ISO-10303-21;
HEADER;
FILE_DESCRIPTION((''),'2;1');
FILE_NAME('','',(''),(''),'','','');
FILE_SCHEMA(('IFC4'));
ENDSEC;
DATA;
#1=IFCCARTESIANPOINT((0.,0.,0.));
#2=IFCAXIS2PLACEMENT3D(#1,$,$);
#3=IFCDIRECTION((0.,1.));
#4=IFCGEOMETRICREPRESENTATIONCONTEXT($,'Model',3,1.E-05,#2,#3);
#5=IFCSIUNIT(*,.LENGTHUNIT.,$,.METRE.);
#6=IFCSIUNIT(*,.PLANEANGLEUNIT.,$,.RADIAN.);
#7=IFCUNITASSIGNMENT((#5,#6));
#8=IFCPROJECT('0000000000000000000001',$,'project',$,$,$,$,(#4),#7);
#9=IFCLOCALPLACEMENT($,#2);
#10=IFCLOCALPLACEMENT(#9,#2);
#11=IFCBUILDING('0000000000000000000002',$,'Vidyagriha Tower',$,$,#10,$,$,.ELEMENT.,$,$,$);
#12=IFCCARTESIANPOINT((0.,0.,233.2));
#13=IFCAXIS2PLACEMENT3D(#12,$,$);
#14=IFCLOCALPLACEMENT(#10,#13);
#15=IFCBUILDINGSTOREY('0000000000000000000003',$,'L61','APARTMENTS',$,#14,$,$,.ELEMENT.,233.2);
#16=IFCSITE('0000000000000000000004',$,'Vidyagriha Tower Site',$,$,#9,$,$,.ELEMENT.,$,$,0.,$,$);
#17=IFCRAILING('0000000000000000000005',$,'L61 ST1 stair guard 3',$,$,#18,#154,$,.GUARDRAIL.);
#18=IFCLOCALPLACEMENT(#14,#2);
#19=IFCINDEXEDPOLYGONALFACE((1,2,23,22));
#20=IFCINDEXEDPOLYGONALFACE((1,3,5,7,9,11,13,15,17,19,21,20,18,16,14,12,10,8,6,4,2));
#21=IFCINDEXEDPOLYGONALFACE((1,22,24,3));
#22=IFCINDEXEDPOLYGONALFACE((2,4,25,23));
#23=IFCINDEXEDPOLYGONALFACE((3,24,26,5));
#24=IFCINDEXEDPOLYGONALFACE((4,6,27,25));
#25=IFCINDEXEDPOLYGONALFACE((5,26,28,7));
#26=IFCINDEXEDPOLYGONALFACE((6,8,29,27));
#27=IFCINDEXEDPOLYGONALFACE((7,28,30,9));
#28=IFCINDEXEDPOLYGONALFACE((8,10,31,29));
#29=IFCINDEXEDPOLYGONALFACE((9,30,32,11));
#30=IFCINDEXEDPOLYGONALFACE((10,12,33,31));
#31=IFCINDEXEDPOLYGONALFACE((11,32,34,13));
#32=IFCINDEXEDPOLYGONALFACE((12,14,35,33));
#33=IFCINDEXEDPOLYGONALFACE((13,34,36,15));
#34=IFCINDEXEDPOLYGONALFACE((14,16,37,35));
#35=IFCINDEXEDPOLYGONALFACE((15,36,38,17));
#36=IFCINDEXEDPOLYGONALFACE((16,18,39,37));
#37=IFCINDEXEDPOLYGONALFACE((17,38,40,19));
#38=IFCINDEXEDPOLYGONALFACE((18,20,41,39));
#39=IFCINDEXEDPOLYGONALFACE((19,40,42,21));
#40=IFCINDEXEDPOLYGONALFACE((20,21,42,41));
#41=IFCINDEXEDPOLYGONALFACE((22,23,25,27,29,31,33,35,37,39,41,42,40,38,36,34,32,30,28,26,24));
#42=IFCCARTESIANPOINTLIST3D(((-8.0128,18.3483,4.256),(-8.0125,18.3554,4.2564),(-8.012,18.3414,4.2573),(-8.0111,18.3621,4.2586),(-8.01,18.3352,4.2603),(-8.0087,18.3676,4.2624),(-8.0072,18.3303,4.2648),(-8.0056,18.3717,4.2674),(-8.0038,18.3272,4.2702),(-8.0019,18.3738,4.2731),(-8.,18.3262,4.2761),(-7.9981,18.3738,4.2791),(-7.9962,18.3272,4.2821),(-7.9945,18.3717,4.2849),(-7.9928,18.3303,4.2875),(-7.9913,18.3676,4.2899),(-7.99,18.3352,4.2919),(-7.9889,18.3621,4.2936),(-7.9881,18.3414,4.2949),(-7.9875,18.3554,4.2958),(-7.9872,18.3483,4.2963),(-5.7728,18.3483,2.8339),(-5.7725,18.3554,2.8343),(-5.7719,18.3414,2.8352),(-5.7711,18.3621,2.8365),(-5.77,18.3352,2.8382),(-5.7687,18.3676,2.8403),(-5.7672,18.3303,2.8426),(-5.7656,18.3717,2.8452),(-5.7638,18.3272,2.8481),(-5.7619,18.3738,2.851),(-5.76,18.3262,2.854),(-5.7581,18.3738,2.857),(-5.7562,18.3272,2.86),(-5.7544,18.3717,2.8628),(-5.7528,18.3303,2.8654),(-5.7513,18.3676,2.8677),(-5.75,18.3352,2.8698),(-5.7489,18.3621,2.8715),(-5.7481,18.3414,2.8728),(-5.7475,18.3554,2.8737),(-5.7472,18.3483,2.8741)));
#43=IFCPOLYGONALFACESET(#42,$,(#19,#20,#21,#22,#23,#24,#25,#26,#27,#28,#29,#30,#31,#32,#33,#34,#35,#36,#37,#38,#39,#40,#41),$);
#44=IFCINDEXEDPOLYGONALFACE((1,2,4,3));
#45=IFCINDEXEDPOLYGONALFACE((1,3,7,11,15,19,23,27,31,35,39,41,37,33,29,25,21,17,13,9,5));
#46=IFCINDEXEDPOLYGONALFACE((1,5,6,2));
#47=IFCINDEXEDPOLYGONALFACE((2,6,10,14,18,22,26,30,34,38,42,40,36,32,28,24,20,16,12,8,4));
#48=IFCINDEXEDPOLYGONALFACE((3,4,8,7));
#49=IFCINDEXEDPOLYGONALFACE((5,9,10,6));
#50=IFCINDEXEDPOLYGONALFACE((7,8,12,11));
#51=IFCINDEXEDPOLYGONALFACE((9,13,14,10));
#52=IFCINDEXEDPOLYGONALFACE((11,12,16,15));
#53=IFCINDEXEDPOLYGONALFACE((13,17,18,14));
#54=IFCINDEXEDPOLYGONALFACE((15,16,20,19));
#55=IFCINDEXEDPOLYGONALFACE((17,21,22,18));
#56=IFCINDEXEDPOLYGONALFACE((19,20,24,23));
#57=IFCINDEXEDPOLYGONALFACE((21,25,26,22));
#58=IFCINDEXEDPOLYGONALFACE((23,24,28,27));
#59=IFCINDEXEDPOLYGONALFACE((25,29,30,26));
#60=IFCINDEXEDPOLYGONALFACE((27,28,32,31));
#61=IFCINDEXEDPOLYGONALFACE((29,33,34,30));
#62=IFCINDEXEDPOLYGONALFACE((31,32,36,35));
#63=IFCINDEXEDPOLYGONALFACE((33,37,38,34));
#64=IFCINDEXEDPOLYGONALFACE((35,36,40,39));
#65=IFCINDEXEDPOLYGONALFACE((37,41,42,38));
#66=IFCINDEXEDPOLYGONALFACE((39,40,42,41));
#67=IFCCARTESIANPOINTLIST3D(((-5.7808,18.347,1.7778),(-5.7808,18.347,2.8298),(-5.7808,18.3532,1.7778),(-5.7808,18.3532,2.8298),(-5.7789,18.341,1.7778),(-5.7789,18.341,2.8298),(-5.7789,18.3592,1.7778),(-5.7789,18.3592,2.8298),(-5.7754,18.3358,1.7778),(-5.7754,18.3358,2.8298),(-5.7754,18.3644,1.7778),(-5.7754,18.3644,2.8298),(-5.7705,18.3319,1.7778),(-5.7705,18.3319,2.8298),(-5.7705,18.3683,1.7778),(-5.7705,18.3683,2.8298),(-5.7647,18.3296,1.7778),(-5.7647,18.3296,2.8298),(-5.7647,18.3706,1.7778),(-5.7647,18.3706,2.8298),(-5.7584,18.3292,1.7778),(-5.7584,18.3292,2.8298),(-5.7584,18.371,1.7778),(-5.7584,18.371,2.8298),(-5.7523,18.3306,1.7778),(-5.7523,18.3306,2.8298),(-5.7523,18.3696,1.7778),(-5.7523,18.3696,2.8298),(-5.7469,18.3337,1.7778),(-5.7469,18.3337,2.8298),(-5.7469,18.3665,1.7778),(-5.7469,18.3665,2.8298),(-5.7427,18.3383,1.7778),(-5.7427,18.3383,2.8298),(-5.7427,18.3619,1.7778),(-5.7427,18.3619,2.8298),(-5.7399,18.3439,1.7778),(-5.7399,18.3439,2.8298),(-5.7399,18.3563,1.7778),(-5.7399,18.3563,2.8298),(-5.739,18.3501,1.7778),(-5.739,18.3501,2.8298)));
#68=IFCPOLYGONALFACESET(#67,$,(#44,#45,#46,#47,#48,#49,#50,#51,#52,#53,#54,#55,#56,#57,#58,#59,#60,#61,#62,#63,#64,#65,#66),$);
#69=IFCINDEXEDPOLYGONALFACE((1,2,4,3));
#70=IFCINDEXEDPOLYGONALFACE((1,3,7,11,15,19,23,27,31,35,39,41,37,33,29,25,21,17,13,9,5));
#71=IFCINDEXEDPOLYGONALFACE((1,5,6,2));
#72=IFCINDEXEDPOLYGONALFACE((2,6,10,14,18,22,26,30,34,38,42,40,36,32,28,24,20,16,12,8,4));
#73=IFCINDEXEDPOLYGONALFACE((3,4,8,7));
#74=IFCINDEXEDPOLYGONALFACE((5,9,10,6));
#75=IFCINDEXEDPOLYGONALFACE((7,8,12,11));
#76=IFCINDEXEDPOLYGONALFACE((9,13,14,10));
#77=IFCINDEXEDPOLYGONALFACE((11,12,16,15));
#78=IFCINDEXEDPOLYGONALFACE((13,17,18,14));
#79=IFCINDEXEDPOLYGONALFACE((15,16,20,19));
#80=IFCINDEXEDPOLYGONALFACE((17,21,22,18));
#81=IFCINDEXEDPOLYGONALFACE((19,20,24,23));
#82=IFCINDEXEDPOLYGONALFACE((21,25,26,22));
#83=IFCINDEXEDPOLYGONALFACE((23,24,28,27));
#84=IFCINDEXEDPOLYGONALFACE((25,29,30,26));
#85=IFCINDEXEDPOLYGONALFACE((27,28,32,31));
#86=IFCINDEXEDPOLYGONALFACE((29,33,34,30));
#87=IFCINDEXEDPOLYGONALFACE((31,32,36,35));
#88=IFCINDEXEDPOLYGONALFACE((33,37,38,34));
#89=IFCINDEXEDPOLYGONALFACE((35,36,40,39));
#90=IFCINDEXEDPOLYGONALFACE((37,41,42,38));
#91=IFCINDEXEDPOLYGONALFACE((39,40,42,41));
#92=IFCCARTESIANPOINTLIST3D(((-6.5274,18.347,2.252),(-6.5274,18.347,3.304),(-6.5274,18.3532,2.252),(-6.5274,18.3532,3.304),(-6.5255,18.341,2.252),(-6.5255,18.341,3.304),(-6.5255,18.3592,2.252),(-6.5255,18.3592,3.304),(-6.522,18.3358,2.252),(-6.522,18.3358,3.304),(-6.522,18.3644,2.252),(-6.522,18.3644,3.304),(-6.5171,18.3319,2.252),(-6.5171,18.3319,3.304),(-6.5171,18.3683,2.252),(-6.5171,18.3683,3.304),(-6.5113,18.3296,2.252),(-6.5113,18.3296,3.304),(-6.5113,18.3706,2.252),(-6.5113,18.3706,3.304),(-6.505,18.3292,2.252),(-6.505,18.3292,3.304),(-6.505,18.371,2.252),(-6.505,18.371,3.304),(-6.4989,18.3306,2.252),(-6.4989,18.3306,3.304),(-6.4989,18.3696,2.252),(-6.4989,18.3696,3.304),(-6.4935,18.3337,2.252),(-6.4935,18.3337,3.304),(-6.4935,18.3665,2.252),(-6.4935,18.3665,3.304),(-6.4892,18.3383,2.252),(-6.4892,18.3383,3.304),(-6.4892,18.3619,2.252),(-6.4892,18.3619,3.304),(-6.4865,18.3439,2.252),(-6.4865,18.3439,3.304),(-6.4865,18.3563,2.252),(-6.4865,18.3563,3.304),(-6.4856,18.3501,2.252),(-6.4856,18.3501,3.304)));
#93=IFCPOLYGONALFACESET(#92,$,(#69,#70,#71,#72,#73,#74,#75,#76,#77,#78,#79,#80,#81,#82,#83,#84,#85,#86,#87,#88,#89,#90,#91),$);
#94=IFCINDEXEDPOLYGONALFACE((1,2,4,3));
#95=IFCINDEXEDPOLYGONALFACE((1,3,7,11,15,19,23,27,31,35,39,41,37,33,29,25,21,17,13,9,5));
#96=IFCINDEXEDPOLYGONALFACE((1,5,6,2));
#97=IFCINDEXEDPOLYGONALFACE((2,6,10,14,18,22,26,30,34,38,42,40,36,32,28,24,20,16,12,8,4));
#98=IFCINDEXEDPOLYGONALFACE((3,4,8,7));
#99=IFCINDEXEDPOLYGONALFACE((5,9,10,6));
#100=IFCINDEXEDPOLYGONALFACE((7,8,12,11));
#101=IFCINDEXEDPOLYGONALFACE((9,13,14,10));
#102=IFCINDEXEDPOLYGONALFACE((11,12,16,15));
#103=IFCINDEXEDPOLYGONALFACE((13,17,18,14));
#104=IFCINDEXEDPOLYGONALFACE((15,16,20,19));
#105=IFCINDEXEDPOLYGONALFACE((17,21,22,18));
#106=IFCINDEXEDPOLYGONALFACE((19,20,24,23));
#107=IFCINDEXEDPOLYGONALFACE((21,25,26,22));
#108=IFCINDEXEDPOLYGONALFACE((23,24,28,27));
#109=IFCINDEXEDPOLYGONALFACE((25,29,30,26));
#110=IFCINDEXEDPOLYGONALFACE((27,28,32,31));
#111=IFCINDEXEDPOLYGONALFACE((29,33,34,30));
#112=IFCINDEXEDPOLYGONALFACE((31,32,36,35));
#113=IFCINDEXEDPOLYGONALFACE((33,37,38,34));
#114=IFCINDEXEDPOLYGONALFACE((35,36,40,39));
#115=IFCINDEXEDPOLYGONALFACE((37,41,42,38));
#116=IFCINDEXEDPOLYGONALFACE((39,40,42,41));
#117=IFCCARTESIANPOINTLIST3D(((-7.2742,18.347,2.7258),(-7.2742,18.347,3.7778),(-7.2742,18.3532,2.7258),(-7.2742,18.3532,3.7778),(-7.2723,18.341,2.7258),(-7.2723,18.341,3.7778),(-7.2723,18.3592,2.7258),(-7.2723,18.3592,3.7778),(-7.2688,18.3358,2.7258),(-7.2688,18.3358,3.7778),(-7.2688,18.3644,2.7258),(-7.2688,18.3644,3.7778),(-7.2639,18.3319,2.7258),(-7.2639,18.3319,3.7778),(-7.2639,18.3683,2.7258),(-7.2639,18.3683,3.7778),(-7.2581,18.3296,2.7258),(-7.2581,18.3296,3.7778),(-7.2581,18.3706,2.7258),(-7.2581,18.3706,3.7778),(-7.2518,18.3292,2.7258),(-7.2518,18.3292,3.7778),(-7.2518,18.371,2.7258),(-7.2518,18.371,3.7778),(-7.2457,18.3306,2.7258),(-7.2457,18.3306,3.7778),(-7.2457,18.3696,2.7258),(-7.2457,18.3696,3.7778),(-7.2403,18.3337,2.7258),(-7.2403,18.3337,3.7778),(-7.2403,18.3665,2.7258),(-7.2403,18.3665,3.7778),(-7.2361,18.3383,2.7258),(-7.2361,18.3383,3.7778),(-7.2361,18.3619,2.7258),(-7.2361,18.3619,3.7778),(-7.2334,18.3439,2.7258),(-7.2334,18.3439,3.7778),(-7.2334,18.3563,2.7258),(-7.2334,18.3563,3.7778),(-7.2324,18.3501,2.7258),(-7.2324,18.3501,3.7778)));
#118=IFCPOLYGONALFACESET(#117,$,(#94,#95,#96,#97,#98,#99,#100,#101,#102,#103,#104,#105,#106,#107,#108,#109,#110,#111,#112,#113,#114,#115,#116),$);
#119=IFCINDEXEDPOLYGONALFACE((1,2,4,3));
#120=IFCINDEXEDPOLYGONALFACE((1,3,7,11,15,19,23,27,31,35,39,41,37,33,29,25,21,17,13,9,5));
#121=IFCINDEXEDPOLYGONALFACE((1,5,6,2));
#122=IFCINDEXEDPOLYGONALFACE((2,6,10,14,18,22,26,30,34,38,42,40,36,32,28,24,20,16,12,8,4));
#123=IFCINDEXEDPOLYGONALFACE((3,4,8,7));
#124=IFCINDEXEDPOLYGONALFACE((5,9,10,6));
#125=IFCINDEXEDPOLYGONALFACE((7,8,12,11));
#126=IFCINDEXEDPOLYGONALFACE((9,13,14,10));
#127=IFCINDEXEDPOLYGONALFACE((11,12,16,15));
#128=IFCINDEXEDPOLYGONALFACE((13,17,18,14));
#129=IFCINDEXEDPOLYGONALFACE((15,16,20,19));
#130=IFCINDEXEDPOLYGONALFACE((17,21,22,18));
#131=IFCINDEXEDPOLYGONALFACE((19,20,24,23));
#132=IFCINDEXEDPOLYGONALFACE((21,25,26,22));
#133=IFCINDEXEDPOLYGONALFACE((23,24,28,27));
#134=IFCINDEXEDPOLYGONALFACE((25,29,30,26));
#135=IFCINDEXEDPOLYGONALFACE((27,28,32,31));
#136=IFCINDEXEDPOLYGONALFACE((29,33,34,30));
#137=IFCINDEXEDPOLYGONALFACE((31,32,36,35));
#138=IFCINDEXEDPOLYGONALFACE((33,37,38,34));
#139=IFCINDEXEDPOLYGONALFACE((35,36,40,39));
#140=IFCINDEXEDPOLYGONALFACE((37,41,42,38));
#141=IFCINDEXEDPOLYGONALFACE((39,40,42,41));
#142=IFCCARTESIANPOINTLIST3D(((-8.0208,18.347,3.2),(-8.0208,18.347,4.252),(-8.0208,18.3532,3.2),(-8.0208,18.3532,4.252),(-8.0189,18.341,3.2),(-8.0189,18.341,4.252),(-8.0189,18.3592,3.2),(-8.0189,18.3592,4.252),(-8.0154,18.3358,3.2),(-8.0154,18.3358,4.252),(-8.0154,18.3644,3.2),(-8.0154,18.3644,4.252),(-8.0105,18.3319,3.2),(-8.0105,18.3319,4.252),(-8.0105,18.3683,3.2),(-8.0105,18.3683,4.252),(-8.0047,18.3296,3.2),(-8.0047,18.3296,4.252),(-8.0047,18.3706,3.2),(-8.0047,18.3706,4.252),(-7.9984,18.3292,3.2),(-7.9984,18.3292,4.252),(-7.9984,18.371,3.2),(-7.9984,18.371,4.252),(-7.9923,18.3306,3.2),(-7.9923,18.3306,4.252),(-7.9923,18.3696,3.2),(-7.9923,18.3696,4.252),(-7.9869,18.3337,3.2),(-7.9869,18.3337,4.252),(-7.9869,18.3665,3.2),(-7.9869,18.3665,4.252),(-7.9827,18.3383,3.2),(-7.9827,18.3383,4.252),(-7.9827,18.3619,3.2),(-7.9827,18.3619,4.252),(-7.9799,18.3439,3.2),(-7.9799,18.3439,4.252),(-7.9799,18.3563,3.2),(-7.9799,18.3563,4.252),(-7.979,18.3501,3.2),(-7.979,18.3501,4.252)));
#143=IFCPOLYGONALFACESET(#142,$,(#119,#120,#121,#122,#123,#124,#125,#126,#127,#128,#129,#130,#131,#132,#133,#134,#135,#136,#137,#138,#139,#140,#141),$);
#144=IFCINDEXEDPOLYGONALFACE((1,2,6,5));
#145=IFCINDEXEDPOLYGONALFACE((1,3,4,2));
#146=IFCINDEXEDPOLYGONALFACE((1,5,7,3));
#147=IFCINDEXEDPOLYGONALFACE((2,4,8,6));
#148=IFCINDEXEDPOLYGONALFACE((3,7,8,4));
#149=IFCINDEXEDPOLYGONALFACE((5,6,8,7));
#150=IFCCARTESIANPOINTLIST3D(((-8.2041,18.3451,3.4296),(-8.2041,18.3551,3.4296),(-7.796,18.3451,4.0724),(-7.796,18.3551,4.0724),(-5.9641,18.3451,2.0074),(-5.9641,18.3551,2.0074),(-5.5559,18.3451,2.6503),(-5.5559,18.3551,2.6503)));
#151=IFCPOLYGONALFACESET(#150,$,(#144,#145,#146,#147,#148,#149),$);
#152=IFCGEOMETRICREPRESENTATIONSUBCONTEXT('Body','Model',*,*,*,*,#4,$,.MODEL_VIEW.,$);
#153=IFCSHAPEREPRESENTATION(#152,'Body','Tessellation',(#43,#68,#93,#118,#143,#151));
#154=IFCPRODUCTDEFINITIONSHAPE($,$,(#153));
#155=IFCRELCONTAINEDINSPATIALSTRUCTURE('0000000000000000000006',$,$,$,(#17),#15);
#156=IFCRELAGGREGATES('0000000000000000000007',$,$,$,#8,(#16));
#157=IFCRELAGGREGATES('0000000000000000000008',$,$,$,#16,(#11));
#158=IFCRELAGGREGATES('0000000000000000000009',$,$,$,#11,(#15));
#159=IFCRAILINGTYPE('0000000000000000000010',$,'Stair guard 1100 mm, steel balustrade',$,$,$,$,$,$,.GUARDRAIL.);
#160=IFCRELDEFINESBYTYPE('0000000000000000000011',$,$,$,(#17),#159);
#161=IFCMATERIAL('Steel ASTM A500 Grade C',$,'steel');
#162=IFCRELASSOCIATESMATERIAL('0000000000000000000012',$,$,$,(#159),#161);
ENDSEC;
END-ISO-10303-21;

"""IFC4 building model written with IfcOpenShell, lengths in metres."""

from ifc_helpers import new_model, si_unit, direction, frame, origin, origin_2d, place, context, subcontext, project, spatial, rectangle, circle, extrude, material, type_object, element, save


model = new_model("IFC4")

# Units and contexts
model_context = context("Model", 3, precision=1e-05, world=origin(), true_north=direction((0.0, 1.0)))
body_context = subcontext(model_context, "Body", "Model", "MODEL_VIEW")
ifc_project = project(units=[si_unit("LENGTHUNIT", "METRE"), si_unit("PLANEANGLEUNIT", "RADIAN")], contexts=[model_context])

# Site, building, storey
site_placement = place(None, origin())
site = spatial("IfcSite", under=ifc_project, at=site_placement, Name="Vidyagriha Tower Site", CompositionType="ELEMENT", RefElevation=0.0)
building_placement = place(site_placement, origin())
building = spatial("IfcBuilding", under=site, at=building_placement, Name="Vidyagriha Tower", CompositionType="ELEMENT")
storey_placement = place(building_placement, frame((0.0, 0.0, 233.2)))
storey = spatial("IfcBuildingStorey", under=building, at=storey_placement, Name="L61", Description="APARTMENTS", CompositionType="ELEMENT", Elevation=233.2)

# Railing
ifc_material_1 = material(Name="Steel ASTM A500 Grade C", Category="steel")
railing_type_1 = type_object("IfcRailingType", Name="Stair guard 1100 mm, steel balustrade", PredefinedType="GUARDRAIL", material=ifc_material_1)
railing_1_placement = place(storey_placement, frame((-5.76, 18.3501, 1.7778)))
element("IfcRailing", 1, at=railing_1_placement, inside=storey, type_object=railing_type_1, Name="L61 ST1 stair guard 3", PredefinedType="GUARDRAIL", context=body_context, shape_type="SweptSolid", body=[
    extrude(circle(Radius=0.0239, at=origin_2d()), frame((0.0, 0.0, 1.0762), z_axis=(-0.844229, 0.0, 0.535982), x_axis=(0.0, -1.0, 0.0)), (0.0, 0.0, 1.0), 2.6533),
    extrude(circle(Radius=0.021, at=origin_2d()), origin(), (0.0, 0.0, 1.0), 1.052),
    extrude(circle(Radius=0.021, at=origin_2d()), frame((-0.7466, 0.0, 0.4741)), (0.0, 0.0, 1.0), 1.052),
    extrude(circle(Radius=0.021, at=origin_2d()), frame((-1.4934, 0.0, 0.948)), (0.0, 0.0, 1.0), 1.052),
    extrude(circle(Radius=0.021, at=origin_2d()), frame((-2.24, 0.0, 1.4221)), (0.0, 0.0, 1.0), 1.052),
    extrude(rectangle(XDim=0.01, YDim=0.7615, at=origin_2d()), frame((0.0, 0.0, 0.551), z_axis=(-0.844229, 0.0, 0.535982), x_axis=(0.0, -1.0, 0.0)), (0.0, 0.0, 1.0), 2.6533),
])

save(model, "model.ifc")
